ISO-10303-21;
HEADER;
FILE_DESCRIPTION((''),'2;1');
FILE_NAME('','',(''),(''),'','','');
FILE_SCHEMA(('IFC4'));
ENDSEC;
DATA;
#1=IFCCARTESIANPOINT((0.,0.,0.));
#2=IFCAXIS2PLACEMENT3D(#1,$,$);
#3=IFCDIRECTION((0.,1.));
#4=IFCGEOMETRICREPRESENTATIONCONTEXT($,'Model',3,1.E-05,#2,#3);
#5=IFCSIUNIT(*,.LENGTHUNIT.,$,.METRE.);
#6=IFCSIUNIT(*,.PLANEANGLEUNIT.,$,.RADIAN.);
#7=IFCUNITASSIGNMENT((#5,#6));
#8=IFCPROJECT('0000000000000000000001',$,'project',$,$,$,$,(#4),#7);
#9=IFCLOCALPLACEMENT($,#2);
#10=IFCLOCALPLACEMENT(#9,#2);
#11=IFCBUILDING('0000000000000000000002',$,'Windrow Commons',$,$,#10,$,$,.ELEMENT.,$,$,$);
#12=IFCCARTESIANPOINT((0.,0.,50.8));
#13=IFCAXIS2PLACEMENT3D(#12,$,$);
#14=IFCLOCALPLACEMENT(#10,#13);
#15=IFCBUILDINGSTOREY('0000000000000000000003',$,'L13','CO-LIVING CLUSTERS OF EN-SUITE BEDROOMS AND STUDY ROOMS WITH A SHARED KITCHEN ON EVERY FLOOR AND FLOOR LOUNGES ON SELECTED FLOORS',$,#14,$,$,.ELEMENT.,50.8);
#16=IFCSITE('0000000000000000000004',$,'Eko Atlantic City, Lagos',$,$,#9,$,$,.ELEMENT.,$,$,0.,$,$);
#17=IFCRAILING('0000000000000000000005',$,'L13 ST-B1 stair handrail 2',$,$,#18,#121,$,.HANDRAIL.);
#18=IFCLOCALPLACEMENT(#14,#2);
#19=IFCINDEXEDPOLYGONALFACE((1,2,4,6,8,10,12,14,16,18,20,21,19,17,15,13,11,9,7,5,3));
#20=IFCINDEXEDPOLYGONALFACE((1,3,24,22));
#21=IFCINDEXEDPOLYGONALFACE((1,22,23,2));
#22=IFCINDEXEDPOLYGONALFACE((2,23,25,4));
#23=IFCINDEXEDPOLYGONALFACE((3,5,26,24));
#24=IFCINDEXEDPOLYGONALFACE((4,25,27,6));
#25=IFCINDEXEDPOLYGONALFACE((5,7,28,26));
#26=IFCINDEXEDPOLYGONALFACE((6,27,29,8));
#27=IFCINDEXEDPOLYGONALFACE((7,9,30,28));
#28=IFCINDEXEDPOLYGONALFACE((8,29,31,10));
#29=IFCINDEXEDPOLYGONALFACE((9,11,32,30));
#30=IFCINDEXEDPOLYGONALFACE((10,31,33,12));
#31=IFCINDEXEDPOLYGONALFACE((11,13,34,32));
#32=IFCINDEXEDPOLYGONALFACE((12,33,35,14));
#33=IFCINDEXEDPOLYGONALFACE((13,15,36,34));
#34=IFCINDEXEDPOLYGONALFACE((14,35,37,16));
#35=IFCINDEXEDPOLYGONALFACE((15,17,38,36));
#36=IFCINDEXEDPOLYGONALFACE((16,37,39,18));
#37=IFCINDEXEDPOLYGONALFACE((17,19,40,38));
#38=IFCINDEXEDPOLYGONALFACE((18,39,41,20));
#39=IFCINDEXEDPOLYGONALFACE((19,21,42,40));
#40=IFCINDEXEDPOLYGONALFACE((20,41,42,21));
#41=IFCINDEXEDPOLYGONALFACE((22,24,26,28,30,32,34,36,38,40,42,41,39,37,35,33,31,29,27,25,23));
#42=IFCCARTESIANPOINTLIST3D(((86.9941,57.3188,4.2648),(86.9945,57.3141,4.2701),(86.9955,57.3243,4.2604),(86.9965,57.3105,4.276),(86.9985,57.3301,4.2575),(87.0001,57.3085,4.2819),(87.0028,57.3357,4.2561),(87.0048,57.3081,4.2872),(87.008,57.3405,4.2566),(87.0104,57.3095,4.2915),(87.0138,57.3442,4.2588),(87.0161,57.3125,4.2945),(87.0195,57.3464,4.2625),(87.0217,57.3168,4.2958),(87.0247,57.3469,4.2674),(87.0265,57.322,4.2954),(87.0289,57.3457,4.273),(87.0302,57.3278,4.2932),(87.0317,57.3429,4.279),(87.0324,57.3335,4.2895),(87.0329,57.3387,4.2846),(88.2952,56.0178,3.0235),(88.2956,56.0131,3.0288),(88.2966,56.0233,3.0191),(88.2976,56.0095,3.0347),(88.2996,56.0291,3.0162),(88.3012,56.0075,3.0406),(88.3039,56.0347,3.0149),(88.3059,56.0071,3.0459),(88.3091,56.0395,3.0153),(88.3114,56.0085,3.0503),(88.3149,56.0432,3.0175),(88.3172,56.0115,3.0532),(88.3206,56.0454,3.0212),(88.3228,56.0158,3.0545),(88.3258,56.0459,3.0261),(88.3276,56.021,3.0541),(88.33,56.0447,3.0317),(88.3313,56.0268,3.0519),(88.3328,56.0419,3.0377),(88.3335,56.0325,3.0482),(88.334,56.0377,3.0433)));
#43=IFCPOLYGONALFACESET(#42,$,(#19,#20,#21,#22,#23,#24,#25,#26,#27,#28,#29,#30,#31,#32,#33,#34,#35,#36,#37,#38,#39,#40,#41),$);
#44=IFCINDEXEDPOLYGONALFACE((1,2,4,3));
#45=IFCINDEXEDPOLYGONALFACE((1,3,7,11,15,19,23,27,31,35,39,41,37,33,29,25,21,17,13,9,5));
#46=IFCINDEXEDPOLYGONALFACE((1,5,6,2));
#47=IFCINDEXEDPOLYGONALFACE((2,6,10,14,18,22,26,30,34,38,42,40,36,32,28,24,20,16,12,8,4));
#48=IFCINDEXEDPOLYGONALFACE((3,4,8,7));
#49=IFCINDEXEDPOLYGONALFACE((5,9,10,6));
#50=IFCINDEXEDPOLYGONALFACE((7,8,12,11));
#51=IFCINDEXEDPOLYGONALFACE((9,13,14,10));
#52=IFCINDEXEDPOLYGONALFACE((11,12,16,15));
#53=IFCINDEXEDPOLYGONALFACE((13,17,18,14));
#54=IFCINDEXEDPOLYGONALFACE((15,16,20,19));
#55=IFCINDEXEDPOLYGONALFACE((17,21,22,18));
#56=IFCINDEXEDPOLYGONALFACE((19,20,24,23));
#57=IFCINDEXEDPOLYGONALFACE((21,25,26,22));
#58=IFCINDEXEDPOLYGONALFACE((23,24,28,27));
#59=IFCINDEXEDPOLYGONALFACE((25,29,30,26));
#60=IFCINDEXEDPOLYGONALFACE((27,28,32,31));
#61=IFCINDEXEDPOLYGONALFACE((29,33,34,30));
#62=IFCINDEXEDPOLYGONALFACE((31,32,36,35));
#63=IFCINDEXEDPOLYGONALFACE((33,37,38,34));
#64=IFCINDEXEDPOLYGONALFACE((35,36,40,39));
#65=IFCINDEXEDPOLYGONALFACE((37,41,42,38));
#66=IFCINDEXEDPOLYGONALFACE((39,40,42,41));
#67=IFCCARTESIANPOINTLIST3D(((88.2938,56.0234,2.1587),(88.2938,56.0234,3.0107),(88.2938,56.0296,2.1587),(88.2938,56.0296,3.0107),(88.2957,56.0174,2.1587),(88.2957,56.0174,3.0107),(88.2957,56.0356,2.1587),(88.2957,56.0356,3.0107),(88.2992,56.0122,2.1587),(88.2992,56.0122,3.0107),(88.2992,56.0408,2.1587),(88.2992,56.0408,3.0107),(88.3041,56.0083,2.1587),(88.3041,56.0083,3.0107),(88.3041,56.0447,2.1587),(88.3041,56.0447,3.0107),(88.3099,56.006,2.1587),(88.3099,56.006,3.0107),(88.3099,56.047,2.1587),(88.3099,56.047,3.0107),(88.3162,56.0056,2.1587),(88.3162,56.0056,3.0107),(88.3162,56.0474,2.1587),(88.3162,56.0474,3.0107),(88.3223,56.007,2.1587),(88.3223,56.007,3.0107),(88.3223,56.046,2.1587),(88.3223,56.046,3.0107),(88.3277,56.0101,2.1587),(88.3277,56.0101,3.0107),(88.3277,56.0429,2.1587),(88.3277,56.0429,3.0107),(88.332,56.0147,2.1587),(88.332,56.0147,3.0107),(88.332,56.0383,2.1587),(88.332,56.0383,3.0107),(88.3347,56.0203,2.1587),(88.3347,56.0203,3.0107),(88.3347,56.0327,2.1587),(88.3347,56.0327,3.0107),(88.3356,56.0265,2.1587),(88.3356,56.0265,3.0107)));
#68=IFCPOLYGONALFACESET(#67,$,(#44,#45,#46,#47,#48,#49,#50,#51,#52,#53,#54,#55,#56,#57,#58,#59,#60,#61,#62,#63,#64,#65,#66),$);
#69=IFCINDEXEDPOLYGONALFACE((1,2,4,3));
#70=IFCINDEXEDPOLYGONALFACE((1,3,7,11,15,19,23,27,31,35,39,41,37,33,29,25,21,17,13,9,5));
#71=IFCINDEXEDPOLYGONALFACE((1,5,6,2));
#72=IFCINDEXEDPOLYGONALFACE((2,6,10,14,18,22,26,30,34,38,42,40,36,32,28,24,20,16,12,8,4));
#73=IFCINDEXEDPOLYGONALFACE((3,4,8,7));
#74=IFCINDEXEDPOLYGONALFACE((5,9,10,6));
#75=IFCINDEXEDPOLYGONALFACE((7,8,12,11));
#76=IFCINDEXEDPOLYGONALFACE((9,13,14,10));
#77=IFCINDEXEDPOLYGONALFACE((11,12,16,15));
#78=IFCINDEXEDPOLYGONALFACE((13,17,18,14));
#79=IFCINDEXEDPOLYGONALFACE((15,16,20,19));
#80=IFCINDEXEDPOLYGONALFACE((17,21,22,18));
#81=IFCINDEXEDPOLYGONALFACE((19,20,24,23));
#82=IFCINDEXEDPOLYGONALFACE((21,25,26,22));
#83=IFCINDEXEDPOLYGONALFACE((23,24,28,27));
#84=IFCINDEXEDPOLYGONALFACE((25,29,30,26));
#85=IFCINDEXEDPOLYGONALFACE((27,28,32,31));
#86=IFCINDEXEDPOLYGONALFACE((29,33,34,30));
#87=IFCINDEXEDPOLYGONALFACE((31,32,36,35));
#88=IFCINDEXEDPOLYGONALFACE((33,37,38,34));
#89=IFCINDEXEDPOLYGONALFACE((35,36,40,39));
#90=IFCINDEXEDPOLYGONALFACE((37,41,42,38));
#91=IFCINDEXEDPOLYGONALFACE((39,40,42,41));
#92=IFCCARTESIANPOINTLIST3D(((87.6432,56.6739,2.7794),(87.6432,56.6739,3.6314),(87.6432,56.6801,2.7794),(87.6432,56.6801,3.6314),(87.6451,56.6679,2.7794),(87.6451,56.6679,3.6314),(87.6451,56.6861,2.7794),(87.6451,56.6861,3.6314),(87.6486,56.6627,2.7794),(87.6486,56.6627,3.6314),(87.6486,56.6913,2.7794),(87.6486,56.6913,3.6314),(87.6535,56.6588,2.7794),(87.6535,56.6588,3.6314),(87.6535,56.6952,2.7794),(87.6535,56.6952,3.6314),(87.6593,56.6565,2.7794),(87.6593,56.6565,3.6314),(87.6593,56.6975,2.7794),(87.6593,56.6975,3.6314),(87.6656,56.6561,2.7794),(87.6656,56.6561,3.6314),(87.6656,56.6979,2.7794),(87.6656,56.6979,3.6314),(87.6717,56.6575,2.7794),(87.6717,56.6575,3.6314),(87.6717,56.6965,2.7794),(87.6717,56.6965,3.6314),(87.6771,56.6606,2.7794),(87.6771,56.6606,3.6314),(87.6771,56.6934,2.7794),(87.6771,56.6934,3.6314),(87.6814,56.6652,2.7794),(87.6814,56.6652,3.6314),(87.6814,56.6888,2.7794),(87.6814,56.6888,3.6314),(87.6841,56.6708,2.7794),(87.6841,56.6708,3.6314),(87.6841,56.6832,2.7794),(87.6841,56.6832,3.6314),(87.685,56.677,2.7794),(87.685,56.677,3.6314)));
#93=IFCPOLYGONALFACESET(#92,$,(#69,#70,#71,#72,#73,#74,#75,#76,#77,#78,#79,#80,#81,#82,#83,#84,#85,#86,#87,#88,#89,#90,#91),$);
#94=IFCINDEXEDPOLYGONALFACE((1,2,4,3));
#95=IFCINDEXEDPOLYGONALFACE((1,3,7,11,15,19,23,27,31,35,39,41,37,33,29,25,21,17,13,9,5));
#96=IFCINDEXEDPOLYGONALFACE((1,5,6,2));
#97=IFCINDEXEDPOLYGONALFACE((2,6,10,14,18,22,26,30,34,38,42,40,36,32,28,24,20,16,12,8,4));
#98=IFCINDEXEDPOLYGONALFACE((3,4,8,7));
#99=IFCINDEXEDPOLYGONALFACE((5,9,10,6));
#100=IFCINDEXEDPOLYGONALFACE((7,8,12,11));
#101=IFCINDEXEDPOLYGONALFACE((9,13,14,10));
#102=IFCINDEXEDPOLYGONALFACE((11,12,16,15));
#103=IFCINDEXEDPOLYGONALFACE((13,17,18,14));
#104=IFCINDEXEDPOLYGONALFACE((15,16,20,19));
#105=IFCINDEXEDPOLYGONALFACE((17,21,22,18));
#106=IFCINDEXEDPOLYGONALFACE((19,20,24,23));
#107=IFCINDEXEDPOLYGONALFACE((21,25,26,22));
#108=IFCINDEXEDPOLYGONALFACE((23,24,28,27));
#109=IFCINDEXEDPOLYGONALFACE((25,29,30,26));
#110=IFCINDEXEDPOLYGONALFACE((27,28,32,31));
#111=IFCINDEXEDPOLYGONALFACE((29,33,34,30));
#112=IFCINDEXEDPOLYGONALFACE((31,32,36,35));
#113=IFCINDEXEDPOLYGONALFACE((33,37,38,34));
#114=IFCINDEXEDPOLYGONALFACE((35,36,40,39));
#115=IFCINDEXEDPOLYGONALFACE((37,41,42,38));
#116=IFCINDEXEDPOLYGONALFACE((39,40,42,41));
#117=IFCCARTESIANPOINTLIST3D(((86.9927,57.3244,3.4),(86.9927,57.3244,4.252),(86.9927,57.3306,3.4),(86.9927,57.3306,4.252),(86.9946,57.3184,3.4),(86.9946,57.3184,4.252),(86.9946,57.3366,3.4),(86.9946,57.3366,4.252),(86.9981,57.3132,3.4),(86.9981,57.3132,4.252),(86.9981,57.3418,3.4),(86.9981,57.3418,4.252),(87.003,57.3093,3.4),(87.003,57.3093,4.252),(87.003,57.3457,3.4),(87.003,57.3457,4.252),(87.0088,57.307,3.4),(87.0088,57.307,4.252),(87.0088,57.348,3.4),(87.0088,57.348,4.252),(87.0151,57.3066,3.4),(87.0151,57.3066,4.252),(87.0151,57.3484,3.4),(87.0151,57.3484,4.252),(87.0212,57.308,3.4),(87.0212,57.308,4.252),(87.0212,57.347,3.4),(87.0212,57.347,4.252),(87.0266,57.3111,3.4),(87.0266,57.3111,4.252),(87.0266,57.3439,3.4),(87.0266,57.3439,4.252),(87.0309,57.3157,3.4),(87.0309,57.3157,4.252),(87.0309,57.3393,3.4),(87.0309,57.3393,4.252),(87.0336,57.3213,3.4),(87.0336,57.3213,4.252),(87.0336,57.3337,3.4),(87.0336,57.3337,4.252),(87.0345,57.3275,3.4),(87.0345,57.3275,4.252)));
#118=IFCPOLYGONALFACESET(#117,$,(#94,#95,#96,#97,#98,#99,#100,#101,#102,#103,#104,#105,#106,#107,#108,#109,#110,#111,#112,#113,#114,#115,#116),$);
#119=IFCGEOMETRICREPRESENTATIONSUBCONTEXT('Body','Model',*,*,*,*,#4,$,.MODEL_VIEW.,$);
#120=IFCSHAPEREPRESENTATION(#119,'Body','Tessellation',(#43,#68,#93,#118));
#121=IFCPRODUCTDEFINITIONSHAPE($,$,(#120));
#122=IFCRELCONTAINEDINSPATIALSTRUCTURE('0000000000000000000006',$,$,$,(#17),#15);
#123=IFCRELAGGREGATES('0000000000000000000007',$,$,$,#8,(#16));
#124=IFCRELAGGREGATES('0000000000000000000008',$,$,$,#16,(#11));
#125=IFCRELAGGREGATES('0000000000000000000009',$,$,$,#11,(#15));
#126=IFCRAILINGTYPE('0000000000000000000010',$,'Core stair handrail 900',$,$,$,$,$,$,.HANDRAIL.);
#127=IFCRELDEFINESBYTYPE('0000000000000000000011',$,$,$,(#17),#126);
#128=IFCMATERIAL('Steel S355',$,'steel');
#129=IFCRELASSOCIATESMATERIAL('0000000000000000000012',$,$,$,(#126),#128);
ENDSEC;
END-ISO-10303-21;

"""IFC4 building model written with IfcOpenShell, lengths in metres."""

from ifc_helpers import new_model, si_unit, direction, frame, origin, origin_2d, place, context, subcontext, project, spatial, circle, extrude, material, type_object, element, save


model = new_model("IFC4")

# Units and contexts
model_context = context("Model", 3, precision=1e-05, world=origin(), true_north=direction((0.0, 1.0)))
body_context = subcontext(model_context, "Body", "Model", "MODEL_VIEW")
ifc_project = project(units=[si_unit("LENGTHUNIT", "METRE"), si_unit("PLANEANGLEUNIT", "RADIAN")], contexts=[model_context])

# Site, building, storey
site_placement = place(None, origin())
site = spatial("IfcSite", under=ifc_project, at=site_placement, Name="Eko Atlantic City, Lagos", CompositionType="ELEMENT", RefElevation=0.0)
building_placement = place(site_placement, origin())
building = spatial("IfcBuilding", under=site, at=building_placement, Name="Windrow Commons", CompositionType="ELEMENT")
storey_placement = place(building_placement, frame((0.0, 0.0, 50.8)))
storey = spatial("IfcBuildingStorey", under=building, at=storey_placement, Name="L13", Description="CO-LIVING CLUSTERS OF EN-SUITE BEDROOMS AND STUDY ROOMS WITH A SHARED KITCHEN ON EVERY FLOOR AND FLOOR LOUNGES ON SELECTED FLOORS", CompositionType="ELEMENT", Elevation=50.8)

# Railing
ifc_material_1 = material(Name="Steel S355", Category="steel")
railing_type_1 = type_object("IfcRailingType", Name="Core stair handrail 900", PredefinedType="HANDRAIL", material=ifc_material_1)
railing_1_placement = place(storey_placement, frame((88.3146, 56.0265, 2.1587)))
element("IfcRailing", 1, at=railing_1_placement, inside=storey, type_object=railing_type_1, Name="L13 ST-B1 stair handrail 2", PredefinedType="HANDRAIL", context=body_context, shape_type="SweptSolid", body=[
    extrude(circle(Radius=0.024, at=origin_2d()), frame((0.0, 0.0, 0.876), z_axis=(-0.586207, 0.586162, 0.559264), x_axis=(-0.70708, -0.707134, 0.0)), (0.0, 0.0, 1.0), 2.2195),
    extrude(circle(Radius=0.021, at=origin_2d()), origin(), (0.0, 0.0, 1.0), 0.852),
    extrude(circle(Radius=0.021, at=origin_2d()), frame((-0.6506, 0.6505, 0.6207)), (0.0, 0.0, 1.0), 0.852),
    extrude(circle(Radius=0.021, at=origin_2d()), frame((-1.3011, 1.301, 1.2413)), (0.0, 0.0, 1.0), 0.852),
])

save(model, "model.ifc")
